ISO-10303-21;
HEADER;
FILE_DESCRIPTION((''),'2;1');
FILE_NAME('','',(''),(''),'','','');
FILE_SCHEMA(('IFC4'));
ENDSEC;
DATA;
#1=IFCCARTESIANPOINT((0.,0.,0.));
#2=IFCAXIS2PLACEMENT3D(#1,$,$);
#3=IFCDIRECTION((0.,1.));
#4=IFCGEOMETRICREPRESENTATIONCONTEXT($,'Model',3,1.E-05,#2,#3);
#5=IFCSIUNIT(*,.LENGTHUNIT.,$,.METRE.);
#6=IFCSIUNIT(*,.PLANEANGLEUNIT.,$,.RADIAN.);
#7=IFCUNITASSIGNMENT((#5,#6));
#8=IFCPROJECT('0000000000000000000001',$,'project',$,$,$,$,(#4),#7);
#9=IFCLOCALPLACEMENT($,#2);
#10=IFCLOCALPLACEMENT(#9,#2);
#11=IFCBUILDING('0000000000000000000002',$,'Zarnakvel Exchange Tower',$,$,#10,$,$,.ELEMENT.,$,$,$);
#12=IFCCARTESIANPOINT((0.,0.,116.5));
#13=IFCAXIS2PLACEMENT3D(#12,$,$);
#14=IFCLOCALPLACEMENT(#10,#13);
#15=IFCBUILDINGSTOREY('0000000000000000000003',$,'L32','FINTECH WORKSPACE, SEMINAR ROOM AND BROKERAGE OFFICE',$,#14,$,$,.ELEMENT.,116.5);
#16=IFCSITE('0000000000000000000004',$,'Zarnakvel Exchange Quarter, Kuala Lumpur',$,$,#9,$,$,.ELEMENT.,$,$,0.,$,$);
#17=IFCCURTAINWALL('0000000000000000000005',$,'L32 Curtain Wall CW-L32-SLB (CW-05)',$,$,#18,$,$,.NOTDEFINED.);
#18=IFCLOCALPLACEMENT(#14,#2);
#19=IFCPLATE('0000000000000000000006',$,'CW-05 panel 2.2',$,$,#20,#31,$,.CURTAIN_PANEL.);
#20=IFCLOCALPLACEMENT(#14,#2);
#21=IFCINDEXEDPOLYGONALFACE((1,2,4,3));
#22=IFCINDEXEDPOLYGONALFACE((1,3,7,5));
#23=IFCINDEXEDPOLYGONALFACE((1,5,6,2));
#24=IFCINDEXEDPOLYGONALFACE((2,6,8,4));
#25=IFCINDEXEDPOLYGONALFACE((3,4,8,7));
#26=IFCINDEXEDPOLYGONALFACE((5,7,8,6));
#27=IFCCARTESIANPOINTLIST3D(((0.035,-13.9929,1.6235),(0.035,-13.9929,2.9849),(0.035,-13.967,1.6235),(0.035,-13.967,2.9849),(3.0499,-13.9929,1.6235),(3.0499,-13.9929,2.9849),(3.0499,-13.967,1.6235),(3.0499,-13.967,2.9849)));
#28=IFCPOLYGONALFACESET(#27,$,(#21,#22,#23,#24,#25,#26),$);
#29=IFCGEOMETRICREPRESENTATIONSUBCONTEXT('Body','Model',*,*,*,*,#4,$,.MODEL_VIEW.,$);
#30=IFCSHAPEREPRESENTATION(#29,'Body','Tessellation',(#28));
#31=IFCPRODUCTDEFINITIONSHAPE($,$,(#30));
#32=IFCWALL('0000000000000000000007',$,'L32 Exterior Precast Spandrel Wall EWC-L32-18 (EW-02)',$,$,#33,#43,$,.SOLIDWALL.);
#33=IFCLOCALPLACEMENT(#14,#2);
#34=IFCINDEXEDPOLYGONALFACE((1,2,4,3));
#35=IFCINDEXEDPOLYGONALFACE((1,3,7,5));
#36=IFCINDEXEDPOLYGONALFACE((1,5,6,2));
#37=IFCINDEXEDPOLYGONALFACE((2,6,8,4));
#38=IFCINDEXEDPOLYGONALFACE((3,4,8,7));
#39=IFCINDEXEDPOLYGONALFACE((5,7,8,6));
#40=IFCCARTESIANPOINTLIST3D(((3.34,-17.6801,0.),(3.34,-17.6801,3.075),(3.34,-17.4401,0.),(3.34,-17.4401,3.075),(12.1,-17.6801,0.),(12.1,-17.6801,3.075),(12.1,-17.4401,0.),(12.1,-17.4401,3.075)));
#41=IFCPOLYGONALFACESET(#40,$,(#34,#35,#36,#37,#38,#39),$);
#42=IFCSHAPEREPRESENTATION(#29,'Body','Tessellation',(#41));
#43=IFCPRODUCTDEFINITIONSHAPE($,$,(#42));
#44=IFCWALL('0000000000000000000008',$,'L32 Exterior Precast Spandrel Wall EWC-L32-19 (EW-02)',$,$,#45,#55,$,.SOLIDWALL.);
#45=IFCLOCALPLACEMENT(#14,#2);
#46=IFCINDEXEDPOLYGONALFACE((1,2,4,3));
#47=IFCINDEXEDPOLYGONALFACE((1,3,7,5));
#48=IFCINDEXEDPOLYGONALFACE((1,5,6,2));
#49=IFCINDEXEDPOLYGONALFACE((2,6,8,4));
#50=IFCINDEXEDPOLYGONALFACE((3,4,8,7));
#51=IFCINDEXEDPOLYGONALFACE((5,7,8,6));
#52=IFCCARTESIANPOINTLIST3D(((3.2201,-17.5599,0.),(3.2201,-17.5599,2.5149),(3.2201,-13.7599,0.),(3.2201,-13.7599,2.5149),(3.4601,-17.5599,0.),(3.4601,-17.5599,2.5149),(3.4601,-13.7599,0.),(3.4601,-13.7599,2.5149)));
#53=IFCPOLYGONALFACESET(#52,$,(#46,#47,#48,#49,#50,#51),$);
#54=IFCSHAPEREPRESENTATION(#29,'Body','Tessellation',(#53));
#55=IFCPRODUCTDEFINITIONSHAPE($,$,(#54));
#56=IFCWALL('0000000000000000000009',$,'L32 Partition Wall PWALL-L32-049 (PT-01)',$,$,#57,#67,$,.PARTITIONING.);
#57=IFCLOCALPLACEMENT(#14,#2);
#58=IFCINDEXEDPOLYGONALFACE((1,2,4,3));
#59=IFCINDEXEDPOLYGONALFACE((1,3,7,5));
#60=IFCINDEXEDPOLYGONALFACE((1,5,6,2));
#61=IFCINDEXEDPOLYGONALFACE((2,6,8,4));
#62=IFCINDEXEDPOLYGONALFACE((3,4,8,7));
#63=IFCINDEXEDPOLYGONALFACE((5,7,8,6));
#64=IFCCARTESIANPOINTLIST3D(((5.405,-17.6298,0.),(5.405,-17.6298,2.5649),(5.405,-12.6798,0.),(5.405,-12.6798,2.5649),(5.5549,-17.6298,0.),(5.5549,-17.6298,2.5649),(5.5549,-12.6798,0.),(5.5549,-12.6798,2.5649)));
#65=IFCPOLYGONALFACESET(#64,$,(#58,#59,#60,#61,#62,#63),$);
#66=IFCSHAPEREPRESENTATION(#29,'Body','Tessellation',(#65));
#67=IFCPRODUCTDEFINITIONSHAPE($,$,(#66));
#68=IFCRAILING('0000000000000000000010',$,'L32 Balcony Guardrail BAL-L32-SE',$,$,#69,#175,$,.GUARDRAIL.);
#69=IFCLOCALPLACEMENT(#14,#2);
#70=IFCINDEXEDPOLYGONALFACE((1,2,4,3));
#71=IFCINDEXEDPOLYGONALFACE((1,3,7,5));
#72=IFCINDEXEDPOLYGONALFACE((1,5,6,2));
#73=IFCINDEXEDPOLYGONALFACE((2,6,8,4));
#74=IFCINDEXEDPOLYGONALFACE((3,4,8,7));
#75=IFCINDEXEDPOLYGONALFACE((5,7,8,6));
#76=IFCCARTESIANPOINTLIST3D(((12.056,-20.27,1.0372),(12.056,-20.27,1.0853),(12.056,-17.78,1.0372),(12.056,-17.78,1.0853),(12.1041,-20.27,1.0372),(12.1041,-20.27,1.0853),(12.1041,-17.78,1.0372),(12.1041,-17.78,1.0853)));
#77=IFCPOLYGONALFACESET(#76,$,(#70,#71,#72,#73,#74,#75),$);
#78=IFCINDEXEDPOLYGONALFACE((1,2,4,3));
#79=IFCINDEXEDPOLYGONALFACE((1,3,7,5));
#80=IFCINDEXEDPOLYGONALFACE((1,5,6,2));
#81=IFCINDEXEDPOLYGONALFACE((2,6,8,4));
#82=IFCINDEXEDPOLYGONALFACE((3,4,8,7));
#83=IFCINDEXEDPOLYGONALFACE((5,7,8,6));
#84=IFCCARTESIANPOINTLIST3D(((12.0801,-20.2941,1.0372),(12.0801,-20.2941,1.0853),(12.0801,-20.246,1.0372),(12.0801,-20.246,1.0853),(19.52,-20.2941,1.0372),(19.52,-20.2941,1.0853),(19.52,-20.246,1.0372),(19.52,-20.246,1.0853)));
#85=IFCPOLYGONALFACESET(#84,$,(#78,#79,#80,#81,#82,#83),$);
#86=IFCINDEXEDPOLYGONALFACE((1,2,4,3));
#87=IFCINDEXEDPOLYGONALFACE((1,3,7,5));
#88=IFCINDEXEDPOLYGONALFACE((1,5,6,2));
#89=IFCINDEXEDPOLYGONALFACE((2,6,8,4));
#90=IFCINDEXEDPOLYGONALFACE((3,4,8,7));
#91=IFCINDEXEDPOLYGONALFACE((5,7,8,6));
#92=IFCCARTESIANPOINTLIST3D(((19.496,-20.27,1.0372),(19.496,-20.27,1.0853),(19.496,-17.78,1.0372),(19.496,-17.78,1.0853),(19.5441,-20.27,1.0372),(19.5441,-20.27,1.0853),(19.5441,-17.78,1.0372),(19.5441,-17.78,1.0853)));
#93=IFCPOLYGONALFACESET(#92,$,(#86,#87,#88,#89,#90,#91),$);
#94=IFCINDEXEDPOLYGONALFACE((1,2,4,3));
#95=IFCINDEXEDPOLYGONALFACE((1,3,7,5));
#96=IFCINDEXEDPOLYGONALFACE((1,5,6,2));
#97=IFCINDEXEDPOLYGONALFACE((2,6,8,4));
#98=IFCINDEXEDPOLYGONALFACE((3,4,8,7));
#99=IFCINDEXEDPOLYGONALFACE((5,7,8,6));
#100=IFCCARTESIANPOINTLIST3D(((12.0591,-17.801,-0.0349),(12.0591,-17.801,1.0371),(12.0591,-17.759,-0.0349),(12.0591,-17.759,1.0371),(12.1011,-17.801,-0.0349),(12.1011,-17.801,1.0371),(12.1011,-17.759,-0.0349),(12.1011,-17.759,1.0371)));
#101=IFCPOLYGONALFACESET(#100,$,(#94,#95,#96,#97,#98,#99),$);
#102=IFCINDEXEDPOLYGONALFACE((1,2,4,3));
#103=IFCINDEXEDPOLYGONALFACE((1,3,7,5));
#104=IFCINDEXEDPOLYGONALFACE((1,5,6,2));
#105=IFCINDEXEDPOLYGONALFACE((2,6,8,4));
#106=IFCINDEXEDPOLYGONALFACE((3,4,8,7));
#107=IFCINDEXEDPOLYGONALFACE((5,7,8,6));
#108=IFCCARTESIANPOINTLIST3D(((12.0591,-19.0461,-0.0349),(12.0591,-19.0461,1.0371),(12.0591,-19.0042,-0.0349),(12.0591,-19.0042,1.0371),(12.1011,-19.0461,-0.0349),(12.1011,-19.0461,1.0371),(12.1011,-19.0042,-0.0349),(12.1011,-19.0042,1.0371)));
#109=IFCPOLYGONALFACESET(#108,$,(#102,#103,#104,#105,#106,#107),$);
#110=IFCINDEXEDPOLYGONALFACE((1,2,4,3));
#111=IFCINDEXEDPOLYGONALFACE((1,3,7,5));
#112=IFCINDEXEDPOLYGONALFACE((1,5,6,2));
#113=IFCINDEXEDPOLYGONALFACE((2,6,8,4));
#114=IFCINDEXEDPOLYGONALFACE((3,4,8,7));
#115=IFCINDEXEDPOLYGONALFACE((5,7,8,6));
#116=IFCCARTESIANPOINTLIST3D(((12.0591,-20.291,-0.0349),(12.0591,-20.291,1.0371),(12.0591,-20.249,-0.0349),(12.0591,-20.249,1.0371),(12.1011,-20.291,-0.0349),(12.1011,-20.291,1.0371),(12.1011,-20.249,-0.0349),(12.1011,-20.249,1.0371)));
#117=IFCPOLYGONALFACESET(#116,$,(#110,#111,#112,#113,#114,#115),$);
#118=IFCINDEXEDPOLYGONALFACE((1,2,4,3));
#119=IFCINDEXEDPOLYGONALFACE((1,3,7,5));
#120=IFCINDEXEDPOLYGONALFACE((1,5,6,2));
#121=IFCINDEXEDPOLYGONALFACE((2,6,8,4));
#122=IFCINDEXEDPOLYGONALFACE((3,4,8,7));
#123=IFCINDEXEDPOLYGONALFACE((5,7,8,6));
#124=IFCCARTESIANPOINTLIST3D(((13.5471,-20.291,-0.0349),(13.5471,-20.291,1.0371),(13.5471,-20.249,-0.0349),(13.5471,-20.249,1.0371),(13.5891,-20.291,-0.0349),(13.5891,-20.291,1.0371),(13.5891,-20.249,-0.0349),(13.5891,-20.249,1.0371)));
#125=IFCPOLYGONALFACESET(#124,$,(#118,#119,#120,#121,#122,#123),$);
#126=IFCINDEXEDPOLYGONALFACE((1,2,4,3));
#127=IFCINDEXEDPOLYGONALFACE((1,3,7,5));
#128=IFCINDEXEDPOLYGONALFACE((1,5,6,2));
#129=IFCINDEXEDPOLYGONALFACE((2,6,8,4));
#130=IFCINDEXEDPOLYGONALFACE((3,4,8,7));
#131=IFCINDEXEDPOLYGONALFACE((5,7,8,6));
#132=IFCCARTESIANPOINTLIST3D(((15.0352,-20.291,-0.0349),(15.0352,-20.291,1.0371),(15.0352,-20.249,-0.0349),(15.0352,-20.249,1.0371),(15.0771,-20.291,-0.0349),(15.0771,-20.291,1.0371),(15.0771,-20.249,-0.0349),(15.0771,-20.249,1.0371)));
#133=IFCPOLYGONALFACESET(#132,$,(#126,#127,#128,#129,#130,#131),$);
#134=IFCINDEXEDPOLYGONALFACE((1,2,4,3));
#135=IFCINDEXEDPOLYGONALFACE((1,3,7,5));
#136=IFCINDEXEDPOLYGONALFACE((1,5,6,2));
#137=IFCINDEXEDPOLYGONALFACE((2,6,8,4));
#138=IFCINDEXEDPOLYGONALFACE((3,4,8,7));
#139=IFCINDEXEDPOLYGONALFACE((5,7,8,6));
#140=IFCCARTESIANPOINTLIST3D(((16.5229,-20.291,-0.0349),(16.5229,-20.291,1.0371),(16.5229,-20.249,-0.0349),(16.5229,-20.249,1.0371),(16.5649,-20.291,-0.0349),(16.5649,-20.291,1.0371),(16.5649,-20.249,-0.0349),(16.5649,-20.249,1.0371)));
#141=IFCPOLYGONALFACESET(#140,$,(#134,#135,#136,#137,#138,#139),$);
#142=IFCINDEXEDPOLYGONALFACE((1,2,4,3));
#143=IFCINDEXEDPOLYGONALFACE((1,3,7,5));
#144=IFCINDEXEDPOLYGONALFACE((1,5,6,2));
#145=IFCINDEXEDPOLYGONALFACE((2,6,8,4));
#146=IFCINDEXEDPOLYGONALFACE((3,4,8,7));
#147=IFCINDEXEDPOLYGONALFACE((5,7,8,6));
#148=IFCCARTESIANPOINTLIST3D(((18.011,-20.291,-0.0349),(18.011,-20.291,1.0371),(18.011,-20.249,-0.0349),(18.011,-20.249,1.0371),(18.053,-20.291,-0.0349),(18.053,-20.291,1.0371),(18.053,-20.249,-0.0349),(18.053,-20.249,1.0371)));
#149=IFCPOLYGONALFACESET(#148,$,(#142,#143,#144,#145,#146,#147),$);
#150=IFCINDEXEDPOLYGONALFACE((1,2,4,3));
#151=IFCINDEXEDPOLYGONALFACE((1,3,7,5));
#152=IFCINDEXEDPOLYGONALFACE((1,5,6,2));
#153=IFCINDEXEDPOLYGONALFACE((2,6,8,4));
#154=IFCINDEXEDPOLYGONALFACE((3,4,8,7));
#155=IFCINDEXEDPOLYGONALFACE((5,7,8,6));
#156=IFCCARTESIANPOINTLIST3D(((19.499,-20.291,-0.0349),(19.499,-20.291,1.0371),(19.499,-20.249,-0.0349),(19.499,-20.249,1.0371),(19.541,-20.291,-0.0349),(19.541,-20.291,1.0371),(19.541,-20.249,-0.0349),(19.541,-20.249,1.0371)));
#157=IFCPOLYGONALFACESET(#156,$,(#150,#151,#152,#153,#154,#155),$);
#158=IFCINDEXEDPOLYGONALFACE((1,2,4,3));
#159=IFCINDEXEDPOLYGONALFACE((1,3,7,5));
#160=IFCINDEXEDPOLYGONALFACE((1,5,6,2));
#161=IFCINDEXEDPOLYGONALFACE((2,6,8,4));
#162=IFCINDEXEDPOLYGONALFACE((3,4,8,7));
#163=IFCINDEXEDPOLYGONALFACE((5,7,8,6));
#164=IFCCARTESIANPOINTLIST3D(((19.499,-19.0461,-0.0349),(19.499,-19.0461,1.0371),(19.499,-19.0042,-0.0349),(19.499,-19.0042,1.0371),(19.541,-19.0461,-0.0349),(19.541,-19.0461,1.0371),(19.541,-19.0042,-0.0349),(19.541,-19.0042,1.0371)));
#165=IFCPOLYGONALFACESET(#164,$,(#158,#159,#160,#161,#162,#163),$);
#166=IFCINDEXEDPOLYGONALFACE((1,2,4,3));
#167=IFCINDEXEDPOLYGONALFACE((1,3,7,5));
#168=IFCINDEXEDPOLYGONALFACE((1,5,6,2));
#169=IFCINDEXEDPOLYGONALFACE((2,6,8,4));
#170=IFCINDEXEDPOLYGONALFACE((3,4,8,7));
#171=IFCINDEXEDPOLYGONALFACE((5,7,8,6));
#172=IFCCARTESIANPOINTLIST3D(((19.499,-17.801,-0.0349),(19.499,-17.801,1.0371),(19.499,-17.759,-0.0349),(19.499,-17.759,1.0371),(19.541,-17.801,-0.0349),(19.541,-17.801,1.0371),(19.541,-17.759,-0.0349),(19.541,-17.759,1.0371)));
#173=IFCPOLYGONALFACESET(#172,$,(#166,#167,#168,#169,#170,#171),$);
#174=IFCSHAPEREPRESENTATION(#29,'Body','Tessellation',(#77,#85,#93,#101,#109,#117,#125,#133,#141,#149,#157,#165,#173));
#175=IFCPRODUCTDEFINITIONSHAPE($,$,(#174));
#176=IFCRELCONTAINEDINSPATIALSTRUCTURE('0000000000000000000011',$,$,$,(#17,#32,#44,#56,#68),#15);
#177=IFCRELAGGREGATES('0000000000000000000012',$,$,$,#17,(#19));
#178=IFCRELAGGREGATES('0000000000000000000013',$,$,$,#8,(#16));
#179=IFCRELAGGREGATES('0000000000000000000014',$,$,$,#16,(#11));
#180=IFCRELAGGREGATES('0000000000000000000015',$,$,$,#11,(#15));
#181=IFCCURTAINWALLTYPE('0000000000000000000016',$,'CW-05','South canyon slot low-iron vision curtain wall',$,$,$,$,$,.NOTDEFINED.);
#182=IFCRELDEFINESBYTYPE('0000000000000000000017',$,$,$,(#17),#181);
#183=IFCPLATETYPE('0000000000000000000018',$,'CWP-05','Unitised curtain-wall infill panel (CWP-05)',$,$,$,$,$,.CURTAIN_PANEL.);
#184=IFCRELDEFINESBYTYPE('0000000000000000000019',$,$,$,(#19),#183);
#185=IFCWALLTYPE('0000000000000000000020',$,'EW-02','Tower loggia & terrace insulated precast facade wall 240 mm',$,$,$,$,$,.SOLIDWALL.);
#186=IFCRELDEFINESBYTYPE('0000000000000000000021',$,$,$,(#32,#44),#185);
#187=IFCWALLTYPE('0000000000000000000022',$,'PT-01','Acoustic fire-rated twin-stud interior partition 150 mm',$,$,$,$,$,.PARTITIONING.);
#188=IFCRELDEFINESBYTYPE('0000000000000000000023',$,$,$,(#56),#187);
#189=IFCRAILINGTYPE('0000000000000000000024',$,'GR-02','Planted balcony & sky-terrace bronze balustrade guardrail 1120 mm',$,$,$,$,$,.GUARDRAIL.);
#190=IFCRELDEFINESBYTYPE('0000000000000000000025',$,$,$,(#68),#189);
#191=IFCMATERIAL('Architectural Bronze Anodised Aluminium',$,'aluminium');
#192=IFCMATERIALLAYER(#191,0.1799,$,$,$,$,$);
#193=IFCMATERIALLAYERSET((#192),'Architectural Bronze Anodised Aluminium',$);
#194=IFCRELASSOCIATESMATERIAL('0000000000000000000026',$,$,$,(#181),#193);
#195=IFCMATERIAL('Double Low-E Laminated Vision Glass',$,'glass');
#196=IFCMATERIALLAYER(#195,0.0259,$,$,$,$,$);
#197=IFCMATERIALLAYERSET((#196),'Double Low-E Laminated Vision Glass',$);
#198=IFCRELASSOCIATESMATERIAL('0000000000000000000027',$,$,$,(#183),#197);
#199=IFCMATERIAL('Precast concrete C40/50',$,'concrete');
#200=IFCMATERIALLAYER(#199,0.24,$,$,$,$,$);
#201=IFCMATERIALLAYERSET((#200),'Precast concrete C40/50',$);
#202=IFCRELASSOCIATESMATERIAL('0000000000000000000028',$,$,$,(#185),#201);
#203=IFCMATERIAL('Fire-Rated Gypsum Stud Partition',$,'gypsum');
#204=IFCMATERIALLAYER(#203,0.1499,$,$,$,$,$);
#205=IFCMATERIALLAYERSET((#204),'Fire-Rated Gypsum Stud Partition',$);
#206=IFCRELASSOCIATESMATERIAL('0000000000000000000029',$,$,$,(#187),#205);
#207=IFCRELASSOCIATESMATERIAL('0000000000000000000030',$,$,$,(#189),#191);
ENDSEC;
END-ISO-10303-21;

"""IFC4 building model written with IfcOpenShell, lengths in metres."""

from ifc_helpers import new_model, si_unit, direction, frame, frame_2d, origin, origin_2d, place, context, subcontext, project, spatial, rectangle, extrude, source, transform, mapped, material, layer, layer_set, type_object, element, aggregate, save


model = new_model("IFC4")

# Units and contexts
model_context = context("Model", 3, precision=1e-05, world=origin(), true_north=direction((0.0, 1.0)))
body_context = subcontext(model_context, "Body", "Model", "MODEL_VIEW")
ifc_project = project(units=[si_unit("LENGTHUNIT", "METRE"), si_unit("PLANEANGLEUNIT", "RADIAN")], contexts=[model_context])

# Site, building, storey
site_placement = place(None, origin())
site = spatial("IfcSite", under=ifc_project, at=site_placement, Name="Zarnakvel Exchange Quarter, Kuala Lumpur", CompositionType="ELEMENT", RefElevation=0.0)
building_placement = place(site_placement, origin())
building = spatial("IfcBuilding", under=site, at=building_placement, Name="Zarnakvel Exchange Tower", CompositionType="ELEMENT")
storey_placement = place(building_placement, frame((0.0, 0.0, 116.5)))
storey = spatial("IfcBuildingStorey", under=building, at=storey_placement, Name="L32", Description="FINTECH WORKSPACE, SEMINAR ROOM AND BROKERAGE OFFICE", CompositionType="ELEMENT", Elevation=116.5)

# Curtain wall
ifc_material_1 = material(Name="Architectural Bronze Anodised Aluminium", Category="aluminium")
ifc_layer_1 = layer(ifc_material_1, 0.1799)
ifc_layer_set_1 = layer_set([ifc_layer_1], Name="Architectural Bronze Anodised Aluminium")
curtain_wall_type = type_object("IfcCurtainWallType", Name="CW-05", Description="South canyon slot low-iron vision curtain wall", PredefinedType="NOTDEFINED", material=ifc_layer_set_1)
curtain_wall_1_placement = place(storey_placement, origin())
curtain_wall_1 = element("IfcCurtainWall", 1, at=curtain_wall_1_placement, inside=storey, type_object=curtain_wall_type, Name="L32 Curtain Wall CW-L32-SLB (CW-05)", PredefinedType="NOTDEFINED")

# Plate
ifc_material_2 = material(Name="Double Low-E Laminated Vision Glass", Category="glass")
ifc_layer_2 = layer(ifc_material_2, 0.0259)
ifc_layer_set_2 = layer_set([ifc_layer_2], Name="Double Low-E Laminated Vision Glass")
plate_type = type_object("IfcPlateType", Name="CWP-05", Description="Unitised curtain-wall infill panel (CWP-05)", PredefinedType="CURTAIN_PANEL", material=ifc_layer_set_2)
shared_shape_1 = source(origin(), body_context, "Body", "SweptSolid", [
    extrude(rectangle(XDim=3.0149, YDim=0.0259, at=origin_2d()), origin(), (0.0, 0.0, 1.0), 1.3613),
])
plate_1_placement = place(storey_placement, frame((1.5425, -13.98, 1.6235), z_axis=(0.0, 0.0, 1.0), x_axis=(1.0, 0.0, 0.0)))
plate_1 = element("IfcPlate", 2, at=plate_1_placement, type_object=plate_type, Name="CW-05 panel 2.2", PredefinedType="CURTAIN_PANEL", context=body_context, shape_type="MappedRepresentation", body=[
    mapped(shared_shape_1, transform((0.0, 0.0, 0.0), x_axis=(1.0, 0.0, 0.0), y_axis=(0.0, 1.0, 0.0), z_axis=(0.0, 0.0, 1.0), scale=1.0)),
])
aggregate(curtain_wall_1, [plate_1])

# Walls
ifc_material_3 = material(Name="Precast concrete C40/50", Category="concrete")
ifc_layer_3 = layer(ifc_material_3, 0.24)
ifc_layer_set_3 = layer_set([ifc_layer_3], Name="Precast concrete C40/50")
wall_type_1 = type_object("IfcWallType", Name="EW-02", Description="Tower loggia & terrace insulated precast facade wall 240 mm", PredefinedType="SOLIDWALL", material=ifc_layer_set_3)
wall_1_placement = place(storey_placement, frame((3.3401, -17.5601, 0.0), z_axis=(0.0, 0.0, 1.0), x_axis=(1.0, 0.0, 0.0)))
element("IfcWall", 3, at=wall_1_placement, inside=storey, type_object=wall_type_1, Name="L32 Exterior Precast Spandrel Wall EWC-L32-18 (EW-02)", PredefinedType="SOLIDWALL", context=body_context, shape_type="SweptSolid", body=[
    extrude(rectangle(XDim=8.76, YDim=0.24, at=frame_2d((4.3799, 0.0))), origin(), (0.0, 0.0, 1.0), 3.075),
])
wall_2_placement = place(storey_placement, frame((3.3401, -13.76, 0.0), z_axis=(0.0, 0.0, 1.0), x_axis=(0.0, -1.0, 0.0)))
element("IfcWall", 4, at=wall_2_placement, inside=storey, type_object=wall_type_1, Name="L32 Exterior Precast Spandrel Wall EWC-L32-19 (EW-02)", PredefinedType="SOLIDWALL", context=body_context, shape_type="SweptSolid", body=[
    extrude(rectangle(XDim=3.8, YDim=0.24, at=frame_2d((1.8999, 0.0))), origin(), (0.0, 0.0, 1.0), 2.5149),
])
ifc_material_4 = material(Name="Fire-Rated Gypsum Stud Partition", Category="gypsum")
ifc_layer_4 = layer(ifc_material_4, 0.1499)
ifc_layer_set_4 = layer_set([ifc_layer_4], Name="Fire-Rated Gypsum Stud Partition")
wall_type_2 = type_object("IfcWallType", Name="PT-01", Description="Acoustic fire-rated twin-stud interior partition 150 mm", PredefinedType="PARTITIONING", material=ifc_layer_set_4)
wall_3_placement = place(storey_placement, frame((5.48, -17.6299, 0.0), z_axis=(0.0, 0.0, 1.0), x_axis=(0.0, 1.0, 0.0)))
element("IfcWall", 5, at=wall_3_placement, inside=storey, type_object=wall_type_2, Name="L32 Partition Wall PWALL-L32-049 (PT-01)", PredefinedType="PARTITIONING", context=body_context, shape_type="SweptSolid", body=[
    extrude(rectangle(XDim=4.95, YDim=0.1499, at=frame_2d((2.4751, 0.0))), origin(), (0.0, 0.0, 1.0), 2.5649),
])

# Railing
railing_type = type_object("IfcRailingType", Name="GR-02", Description="Planted balcony & sky-terrace bronze balustrade guardrail 1120 mm", PredefinedType="GUARDRAIL", material=ifc_material_1)
railing_placement = place(storey_placement, frame((12.0801, -17.78, -0.0349)))
element("IfcRailing", 6, at=railing_placement, inside=storey, type_object=railing_type, Name="L32 Balcony Guardrail BAL-L32-SE", PredefinedType="GUARDRAIL", context=body_context, shape_type="SweptSolid", body=[
    extrude(rectangle(XDim=0.0481, YDim=0.0481, at=origin_2d()), frame((0.0, 0.0, 1.0962), z_axis=(0.0, -1.0, 0.0), x_axis=(1.0, 0.0, 0.0)), (0.0, 0.0, 1.0), 2.49),
    extrude(rectangle(XDim=0.0481, YDim=0.0481, at=origin_2d()), frame((0.0, -2.49, 1.0962), z_axis=(1.0, 0.0, 0.0), x_axis=(0.0, 1.0, 0.0)), (0.0, 0.0, 1.0), 7.4399),
    extrude(rectangle(XDim=0.0481, YDim=0.0481, at=origin_2d()), frame((7.4399, -2.49, 1.0962), z_axis=(0.0, 1.0, 0.0), x_axis=(-1.0, 0.0, 0.0)), (0.0, 0.0, 1.0), 2.49),
    extrude(rectangle(XDim=0.042, YDim=0.042, at=origin_2d()), origin(), (0.0, 0.0, 1.0), 1.072),
    extrude(rectangle(XDim=0.042, YDim=0.042, at=origin_2d()), frame((0.0, -1.2451, 0.0)), (0.0, 0.0, 1.0), 1.072),
    extrude(rectangle(XDim=0.042, YDim=0.042, at=origin_2d()), frame((0.0, -2.49, 0.0)), (0.0, 0.0, 1.0), 1.072),
    extrude(rectangle(XDim=0.042, YDim=0.042, at=origin_2d()), frame((1.488, -2.49, 0.0)), (0.0, 0.0, 1.0), 1.072),
    extrude(rectangle(XDim=0.042, YDim=0.042, at=origin_2d()), frame((2.9761, -2.49, 0.0)), (0.0, 0.0, 1.0), 1.072),
    extrude(rectangle(XDim=0.042, YDim=0.042, at=origin_2d()), frame((4.4639, -2.49, 0.0)), (0.0, 0.0, 1.0), 1.072),
    extrude(rectangle(XDim=0.042, YDim=0.042, at=origin_2d()), frame((5.9519, -2.49, 0.0)), (0.0, 0.0, 1.0), 1.072),
    extrude(rectangle(XDim=0.042, YDim=0.042, at=origin_2d()), frame((7.4399, -2.49, 0.0)), (0.0, 0.0, 1.0), 1.072),
    extrude(rectangle(XDim=0.042, YDim=0.042, at=origin_2d()), frame((7.4399, -1.2451, 0.0)), (0.0, 0.0, 1.0), 1.072),
    extrude(rectangle(XDim=0.042, YDim=0.042, at=origin_2d()), frame((7.4399, 0.0, 0.0)), (0.0, 0.0, 1.0), 1.072),
])

save(model, "model.ifc")
